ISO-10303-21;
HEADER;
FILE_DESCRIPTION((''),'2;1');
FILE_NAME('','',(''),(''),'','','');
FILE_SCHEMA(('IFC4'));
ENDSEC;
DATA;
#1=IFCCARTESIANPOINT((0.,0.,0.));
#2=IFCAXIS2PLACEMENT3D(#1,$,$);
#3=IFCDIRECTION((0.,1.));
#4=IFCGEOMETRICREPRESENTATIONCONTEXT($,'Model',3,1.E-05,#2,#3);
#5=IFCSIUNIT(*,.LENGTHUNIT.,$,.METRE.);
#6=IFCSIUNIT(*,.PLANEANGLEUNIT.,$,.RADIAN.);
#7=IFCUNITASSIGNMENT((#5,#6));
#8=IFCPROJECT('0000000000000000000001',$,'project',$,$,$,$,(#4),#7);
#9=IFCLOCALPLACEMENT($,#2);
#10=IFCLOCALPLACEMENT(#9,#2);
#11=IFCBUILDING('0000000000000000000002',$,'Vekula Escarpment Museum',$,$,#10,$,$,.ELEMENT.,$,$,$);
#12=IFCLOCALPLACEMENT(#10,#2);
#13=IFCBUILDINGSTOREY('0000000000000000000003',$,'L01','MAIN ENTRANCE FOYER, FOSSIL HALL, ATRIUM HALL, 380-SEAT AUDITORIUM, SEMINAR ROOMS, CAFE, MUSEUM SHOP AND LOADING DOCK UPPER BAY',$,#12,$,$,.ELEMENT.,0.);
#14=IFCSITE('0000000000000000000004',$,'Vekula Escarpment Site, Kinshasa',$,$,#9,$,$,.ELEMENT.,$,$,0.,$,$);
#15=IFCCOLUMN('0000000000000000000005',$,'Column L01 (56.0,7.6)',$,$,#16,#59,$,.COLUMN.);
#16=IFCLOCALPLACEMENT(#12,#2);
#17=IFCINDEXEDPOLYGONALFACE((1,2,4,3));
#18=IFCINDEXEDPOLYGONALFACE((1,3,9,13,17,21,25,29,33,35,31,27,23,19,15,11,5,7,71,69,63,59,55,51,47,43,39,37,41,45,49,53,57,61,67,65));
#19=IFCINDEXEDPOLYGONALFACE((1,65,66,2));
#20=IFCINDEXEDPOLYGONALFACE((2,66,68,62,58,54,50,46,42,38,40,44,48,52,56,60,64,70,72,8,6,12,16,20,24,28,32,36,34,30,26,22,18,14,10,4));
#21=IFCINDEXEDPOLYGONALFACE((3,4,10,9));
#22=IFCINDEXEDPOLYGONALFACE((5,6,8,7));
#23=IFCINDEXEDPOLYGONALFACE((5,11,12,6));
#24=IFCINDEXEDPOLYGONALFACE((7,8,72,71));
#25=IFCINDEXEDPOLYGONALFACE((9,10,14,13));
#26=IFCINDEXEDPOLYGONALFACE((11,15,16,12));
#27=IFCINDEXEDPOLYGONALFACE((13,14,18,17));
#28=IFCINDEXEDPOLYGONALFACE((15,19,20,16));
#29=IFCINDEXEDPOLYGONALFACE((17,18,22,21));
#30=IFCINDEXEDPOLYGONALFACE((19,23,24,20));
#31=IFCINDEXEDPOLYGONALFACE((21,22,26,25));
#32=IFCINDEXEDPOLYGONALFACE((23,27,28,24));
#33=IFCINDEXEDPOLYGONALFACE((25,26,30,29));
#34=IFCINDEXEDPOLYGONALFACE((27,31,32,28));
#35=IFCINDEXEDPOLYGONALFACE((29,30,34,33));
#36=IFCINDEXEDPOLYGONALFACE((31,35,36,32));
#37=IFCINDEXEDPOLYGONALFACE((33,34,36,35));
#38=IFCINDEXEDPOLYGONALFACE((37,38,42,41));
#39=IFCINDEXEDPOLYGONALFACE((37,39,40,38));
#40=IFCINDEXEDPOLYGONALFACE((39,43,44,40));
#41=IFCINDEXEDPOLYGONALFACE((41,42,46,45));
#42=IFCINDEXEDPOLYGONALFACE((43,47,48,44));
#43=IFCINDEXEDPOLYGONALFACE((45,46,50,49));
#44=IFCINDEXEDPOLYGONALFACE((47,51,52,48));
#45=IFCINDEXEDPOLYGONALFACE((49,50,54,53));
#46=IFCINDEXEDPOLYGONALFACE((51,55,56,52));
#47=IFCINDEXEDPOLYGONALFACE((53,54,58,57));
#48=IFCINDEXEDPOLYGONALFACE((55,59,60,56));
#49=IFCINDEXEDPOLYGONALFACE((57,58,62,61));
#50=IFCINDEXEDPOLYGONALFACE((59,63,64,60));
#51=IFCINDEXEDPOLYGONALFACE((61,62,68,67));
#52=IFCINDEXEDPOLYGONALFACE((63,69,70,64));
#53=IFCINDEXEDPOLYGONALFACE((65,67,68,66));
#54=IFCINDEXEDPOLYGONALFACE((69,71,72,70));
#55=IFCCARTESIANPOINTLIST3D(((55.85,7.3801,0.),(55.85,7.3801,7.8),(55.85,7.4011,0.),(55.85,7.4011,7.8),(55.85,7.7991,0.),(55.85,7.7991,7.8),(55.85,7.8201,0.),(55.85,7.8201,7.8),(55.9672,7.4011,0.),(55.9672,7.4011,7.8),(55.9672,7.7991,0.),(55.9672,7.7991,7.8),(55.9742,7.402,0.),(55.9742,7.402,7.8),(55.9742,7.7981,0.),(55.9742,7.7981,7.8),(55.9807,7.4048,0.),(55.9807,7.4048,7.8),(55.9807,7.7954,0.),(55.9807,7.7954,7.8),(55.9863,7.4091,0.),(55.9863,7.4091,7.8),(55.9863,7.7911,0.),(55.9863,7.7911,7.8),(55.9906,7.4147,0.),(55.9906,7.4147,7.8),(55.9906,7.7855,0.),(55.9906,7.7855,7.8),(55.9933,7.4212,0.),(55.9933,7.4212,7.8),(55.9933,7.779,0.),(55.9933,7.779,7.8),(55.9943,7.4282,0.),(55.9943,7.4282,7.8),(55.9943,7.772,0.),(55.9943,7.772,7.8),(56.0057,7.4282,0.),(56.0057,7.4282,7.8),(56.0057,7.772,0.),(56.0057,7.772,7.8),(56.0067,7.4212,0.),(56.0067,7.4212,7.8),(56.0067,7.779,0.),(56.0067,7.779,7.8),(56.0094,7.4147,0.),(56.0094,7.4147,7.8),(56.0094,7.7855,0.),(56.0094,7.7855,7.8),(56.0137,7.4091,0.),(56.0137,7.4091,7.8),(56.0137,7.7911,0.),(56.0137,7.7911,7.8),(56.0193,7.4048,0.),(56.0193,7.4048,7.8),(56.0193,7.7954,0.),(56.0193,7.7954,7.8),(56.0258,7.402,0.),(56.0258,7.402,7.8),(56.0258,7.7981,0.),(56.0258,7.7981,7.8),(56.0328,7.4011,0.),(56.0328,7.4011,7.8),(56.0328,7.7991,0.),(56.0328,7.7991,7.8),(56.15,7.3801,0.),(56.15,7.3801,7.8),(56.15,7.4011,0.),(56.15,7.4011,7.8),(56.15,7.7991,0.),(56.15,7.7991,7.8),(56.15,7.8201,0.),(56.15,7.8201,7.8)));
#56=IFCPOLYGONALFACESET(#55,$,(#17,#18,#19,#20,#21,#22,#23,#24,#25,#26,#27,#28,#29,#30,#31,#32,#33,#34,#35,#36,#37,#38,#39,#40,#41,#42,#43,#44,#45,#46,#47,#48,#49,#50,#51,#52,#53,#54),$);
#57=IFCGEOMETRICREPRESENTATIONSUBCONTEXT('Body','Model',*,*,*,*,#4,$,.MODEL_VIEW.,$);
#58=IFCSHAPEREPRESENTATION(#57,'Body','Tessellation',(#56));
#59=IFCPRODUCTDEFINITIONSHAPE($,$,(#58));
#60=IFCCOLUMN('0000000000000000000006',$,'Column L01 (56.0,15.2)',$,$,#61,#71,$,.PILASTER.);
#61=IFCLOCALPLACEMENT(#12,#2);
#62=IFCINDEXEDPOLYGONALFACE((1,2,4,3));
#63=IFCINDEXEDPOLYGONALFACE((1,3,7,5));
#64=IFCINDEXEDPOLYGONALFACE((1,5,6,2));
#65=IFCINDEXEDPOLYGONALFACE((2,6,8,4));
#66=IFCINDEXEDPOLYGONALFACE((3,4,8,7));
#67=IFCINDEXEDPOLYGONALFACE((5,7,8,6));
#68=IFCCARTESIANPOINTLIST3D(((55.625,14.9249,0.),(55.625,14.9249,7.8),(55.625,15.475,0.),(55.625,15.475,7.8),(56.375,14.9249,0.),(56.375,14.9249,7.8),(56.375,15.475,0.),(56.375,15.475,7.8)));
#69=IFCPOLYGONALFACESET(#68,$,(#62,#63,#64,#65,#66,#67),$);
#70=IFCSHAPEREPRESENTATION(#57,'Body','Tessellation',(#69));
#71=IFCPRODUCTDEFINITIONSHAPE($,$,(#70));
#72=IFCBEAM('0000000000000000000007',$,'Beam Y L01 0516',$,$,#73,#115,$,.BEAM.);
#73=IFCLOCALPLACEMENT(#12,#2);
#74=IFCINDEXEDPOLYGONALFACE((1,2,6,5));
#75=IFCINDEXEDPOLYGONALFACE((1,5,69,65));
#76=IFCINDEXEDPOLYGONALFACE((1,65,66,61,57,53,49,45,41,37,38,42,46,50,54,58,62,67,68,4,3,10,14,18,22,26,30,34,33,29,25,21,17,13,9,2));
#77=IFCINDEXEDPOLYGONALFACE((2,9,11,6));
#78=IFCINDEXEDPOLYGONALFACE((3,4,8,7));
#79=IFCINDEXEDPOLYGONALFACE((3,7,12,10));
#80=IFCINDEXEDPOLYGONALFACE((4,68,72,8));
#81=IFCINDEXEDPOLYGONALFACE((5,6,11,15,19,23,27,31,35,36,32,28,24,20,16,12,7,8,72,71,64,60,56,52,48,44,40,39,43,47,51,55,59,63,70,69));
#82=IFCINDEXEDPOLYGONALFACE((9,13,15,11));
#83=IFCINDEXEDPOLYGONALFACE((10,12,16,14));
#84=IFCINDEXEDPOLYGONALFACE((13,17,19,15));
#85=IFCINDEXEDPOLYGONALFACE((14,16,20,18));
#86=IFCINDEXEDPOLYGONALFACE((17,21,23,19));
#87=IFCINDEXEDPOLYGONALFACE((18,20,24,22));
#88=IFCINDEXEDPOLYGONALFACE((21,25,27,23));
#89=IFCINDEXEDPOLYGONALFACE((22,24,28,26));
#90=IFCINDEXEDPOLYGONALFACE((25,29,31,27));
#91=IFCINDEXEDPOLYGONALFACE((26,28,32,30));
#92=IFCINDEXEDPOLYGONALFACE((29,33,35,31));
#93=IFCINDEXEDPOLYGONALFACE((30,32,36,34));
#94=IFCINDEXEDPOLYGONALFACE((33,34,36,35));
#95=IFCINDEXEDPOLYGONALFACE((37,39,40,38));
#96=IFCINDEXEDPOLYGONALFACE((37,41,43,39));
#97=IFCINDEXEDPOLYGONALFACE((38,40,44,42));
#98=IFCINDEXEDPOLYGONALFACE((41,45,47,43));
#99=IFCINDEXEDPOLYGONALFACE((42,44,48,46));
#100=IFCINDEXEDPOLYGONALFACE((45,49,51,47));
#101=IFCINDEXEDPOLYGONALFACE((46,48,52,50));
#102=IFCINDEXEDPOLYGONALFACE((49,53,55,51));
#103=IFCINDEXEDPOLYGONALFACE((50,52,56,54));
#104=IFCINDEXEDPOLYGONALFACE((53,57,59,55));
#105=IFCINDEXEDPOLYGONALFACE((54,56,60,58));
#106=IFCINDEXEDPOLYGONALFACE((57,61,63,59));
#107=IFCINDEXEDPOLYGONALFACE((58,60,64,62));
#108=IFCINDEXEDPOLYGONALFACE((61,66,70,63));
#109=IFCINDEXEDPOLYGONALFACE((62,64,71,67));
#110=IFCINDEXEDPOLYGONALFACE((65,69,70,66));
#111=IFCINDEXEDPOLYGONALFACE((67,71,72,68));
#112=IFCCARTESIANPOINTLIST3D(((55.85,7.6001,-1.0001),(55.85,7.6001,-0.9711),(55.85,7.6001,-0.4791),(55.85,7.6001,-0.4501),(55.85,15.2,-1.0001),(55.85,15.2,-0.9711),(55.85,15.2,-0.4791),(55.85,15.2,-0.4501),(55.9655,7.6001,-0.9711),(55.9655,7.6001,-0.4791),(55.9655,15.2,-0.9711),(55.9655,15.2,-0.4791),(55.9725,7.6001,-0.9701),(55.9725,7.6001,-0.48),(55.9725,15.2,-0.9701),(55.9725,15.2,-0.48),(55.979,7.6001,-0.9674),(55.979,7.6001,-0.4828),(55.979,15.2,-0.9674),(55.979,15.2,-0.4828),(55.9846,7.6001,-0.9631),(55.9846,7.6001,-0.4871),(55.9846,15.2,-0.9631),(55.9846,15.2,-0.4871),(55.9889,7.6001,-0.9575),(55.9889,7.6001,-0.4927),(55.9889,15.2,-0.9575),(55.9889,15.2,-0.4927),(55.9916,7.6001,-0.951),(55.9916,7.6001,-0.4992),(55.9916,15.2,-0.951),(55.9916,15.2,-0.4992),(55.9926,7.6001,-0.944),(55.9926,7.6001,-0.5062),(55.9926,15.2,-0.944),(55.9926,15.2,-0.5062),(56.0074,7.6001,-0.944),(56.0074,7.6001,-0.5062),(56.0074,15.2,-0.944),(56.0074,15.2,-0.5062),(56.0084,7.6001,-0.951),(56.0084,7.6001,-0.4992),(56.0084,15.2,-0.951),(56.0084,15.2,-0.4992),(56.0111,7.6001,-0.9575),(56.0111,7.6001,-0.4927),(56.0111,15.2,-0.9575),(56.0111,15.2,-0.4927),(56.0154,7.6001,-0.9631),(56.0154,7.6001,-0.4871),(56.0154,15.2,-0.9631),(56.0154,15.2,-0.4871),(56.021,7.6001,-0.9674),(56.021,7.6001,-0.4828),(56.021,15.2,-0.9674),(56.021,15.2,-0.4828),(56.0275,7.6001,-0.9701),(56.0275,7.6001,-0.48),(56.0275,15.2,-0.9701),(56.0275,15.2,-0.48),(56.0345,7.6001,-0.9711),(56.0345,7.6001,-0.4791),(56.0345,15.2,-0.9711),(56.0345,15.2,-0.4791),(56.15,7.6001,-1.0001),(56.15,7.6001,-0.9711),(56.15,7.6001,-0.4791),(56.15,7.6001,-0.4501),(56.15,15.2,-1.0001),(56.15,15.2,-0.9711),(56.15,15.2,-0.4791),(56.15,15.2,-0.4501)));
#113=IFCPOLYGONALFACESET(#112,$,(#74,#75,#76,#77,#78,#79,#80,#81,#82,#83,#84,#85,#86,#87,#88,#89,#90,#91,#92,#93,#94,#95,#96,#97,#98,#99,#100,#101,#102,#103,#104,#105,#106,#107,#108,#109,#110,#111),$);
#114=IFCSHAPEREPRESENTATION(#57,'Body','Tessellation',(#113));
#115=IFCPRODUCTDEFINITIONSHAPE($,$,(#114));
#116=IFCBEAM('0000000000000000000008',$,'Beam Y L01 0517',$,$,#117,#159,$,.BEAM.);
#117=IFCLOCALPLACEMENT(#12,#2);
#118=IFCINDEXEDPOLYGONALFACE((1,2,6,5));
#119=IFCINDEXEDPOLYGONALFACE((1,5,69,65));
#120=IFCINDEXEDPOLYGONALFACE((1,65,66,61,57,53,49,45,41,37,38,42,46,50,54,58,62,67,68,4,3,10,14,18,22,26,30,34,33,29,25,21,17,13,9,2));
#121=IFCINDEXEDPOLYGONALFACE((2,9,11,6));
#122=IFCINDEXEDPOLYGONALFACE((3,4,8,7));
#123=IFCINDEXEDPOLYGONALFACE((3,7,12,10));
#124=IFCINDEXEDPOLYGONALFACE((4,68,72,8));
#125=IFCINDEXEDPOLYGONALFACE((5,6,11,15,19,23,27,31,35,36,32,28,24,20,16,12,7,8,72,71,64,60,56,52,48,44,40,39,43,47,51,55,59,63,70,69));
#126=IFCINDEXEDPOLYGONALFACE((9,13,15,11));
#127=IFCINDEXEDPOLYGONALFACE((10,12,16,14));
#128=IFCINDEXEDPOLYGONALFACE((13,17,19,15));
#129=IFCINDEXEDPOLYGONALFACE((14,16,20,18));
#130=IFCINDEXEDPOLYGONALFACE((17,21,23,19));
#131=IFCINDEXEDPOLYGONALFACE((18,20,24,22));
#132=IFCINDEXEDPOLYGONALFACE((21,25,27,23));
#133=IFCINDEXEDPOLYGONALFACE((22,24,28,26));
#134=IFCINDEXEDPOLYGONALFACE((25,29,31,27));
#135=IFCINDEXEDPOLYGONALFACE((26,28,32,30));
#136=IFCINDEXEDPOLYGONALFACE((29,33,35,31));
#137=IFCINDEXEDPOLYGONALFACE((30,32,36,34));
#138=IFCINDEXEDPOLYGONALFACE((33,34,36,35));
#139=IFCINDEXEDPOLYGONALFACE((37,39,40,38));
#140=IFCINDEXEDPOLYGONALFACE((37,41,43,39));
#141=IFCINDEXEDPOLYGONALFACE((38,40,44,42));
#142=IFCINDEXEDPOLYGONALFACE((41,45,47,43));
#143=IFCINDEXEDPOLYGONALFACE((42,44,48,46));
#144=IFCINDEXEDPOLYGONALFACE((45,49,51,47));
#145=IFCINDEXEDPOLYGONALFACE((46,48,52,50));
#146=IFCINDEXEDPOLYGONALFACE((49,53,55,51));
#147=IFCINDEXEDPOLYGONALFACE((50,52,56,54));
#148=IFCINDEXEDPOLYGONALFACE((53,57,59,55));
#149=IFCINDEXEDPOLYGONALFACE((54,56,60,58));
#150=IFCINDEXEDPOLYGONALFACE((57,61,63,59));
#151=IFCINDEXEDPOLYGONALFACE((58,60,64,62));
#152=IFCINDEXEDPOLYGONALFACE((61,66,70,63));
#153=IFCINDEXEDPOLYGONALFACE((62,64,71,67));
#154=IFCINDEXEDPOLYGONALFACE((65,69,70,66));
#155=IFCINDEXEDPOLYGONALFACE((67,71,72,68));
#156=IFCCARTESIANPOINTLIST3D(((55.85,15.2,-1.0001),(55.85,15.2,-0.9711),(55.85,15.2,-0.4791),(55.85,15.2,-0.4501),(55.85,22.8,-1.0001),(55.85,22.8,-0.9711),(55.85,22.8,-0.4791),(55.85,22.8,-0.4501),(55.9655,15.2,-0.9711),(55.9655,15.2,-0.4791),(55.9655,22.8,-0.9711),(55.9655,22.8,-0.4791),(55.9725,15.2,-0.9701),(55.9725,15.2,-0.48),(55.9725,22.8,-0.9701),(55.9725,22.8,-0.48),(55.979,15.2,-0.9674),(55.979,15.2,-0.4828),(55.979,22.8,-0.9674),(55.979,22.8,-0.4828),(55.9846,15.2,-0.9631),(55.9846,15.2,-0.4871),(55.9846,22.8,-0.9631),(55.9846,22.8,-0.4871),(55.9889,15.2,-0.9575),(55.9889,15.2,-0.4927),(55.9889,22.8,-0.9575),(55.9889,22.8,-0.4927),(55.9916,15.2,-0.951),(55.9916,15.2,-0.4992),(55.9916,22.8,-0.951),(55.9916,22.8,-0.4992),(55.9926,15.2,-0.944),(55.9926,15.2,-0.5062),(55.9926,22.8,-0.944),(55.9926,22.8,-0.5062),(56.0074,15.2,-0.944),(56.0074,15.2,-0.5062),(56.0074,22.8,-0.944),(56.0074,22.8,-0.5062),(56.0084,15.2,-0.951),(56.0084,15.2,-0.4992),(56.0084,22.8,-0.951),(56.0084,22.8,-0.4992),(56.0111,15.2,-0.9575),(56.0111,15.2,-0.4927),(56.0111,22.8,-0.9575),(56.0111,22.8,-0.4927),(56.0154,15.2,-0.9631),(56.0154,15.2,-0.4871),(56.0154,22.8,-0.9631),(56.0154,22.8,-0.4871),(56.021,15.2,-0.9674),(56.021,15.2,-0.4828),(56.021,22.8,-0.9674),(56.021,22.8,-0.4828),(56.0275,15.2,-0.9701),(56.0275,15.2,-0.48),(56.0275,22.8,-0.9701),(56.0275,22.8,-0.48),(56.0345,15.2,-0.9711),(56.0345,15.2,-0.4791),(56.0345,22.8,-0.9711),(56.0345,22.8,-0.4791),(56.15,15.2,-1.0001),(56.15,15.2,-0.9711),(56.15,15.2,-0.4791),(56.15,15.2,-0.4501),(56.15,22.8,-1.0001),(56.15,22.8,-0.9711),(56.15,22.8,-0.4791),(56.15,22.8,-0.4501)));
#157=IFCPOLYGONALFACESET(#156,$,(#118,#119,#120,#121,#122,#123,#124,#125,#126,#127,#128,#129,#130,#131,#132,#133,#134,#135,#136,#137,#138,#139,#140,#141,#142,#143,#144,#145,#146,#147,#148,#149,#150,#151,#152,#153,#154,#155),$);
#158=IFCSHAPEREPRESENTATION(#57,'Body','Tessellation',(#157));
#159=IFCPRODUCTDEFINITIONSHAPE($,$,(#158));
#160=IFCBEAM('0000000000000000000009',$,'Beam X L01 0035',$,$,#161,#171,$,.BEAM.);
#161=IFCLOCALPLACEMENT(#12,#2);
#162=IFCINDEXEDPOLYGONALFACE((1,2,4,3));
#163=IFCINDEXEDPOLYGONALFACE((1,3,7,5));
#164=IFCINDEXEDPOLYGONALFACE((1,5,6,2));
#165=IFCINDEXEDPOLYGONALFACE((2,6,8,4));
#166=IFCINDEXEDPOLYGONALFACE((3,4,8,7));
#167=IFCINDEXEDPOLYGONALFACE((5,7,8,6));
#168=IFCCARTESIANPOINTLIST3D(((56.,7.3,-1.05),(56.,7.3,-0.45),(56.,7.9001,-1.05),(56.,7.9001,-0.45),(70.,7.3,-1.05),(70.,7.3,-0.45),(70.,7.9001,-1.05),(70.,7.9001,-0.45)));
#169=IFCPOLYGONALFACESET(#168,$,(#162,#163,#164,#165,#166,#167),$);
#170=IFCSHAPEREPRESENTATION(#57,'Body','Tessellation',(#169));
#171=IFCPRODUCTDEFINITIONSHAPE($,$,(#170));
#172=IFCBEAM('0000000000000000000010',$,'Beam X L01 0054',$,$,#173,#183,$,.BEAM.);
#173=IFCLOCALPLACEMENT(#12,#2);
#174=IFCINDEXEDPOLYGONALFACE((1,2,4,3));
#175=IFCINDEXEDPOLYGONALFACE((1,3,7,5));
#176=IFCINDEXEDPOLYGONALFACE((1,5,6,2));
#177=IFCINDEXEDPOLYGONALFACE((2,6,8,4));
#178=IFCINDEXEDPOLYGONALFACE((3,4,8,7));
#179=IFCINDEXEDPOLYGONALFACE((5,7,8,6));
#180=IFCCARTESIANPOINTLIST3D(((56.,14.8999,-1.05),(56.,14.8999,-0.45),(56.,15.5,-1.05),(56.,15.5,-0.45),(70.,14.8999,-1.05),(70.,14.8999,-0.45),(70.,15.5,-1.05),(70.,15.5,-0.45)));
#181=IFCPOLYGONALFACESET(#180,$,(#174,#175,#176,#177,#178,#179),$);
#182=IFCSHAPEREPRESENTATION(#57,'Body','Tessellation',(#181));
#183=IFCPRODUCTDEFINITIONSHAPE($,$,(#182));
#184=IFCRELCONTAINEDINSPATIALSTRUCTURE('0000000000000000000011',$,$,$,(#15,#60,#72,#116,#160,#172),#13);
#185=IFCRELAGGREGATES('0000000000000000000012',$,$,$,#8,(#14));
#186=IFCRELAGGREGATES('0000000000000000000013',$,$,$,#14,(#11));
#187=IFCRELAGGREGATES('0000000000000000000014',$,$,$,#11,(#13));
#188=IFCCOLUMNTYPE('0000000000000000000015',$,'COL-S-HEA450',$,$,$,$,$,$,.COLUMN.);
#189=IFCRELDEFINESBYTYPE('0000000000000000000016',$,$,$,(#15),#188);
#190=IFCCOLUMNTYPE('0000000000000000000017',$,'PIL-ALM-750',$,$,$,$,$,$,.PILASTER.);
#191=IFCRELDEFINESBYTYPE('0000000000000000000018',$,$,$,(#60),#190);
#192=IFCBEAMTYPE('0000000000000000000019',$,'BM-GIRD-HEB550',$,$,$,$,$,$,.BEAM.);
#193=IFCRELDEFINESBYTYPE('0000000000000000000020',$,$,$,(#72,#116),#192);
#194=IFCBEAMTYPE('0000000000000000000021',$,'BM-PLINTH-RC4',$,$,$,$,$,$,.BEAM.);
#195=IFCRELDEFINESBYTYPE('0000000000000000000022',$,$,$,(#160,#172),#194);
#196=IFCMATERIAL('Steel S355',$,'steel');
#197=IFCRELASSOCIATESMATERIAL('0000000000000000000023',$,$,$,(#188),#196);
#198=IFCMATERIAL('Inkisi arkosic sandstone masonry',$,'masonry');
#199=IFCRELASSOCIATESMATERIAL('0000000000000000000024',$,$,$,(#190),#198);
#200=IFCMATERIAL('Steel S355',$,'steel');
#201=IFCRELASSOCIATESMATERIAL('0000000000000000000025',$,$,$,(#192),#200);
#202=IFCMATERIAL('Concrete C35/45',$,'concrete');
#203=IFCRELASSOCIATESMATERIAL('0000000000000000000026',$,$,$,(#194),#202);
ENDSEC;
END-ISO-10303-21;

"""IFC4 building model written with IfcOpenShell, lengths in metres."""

from ifc_helpers import new_model, si_unit, direction, frame, origin, origin_2d, place, context, subcontext, project, spatial, rectangle, i_section, extrude, material, material_profile, profile_set, type_object, element, save


model = new_model("IFC4")

# Units and contexts
model_context = context("Model", 3, precision=1e-05, world=origin(), true_north=direction((0.0, 1.0)))
body_context = subcontext(model_context, "Body", "Model", "MODEL_VIEW")
ifc_project = project(units=[si_unit("LENGTHUNIT", "METRE"), si_unit("PLANEANGLEUNIT", "RADIAN")], contexts=[model_context])

# Site, building, storey
site_placement = place(None, origin())
site = spatial("IfcSite", under=ifc_project, at=site_placement, Name="Vekula Escarpment Site, Kinshasa", CompositionType="ELEMENT", RefElevation=0.0)
building_placement = place(site_placement, origin())
building = spatial("IfcBuilding", under=site, at=building_placement, Name="Vekula Escarpment Museum", CompositionType="ELEMENT")
storey_placement = place(building_placement, origin())
storey = spatial("IfcBuildingStorey", under=building, at=storey_placement, Name="L01", Description="MAIN ENTRANCE FOYER, FOSSIL HALL, ATRIUM HALL, 380-SEAT AUDITORIUM, SEMINAR ROOMS, CAFE, MUSEUM SHOP AND LOADING DOCK UPPER BAY", CompositionType="ELEMENT", Elevation=0.0)

# Columns
ifc_material_1 = material(Name="Steel S355", Category="steel")
ifc_material_profile_1 = material_profile(ifc_material_1, i_section(OverallWidth=0.3, OverallDepth=0.4399, WebThickness=0.0115, FlangeThickness=0.021, FilletRadius=0.0271, at=origin_2d()), Name="HEA 450")
ifc_profile_set_1 = profile_set([ifc_material_profile_1], Name="Steel S355")
column_type_1 = type_object("IfcColumnType", Name="COL-S-HEA450", PredefinedType="COLUMN", material=ifc_profile_set_1)
column_1_placement = place(storey_placement, frame((56.0, 7.6001, 0.0), z_axis=(0.0, 0.0, 1.0), x_axis=(1.0, 0.0, 0.0)))
element("IfcColumn", 1, at=column_1_placement, inside=storey, type_object=column_type_1, Name="Column L01 (56.0,7.6)", PredefinedType="COLUMN", context=body_context, shape_type="SweptSolid", body=[
    extrude(i_section(OverallWidth=0.3, OverallDepth=0.4399, WebThickness=0.0115, FlangeThickness=0.021, FilletRadius=0.0271, at=origin_2d()), origin(), (0.0, 0.0, 1.0), 7.8),
])
ifc_material_2 = material(Name="Inkisi arkosic sandstone masonry", Category="masonry")
ifc_material_profile_2 = material_profile(ifc_material_2, rectangle(XDim=0.75, YDim=0.55, at=origin_2d()), Name="PIER 750x550")
ifc_profile_set_2 = profile_set([ifc_material_profile_2], Name="Inkisi arkosic sandstone masonry")
column_type_2 = type_object("IfcColumnType", Name="PIL-ALM-750", PredefinedType="PILASTER", material=ifc_profile_set_2)
column_2_placement = place(storey_placement, frame((56.0, 15.2, 0.0), z_axis=(0.0, 0.0, 1.0), x_axis=(1.0, 0.0, 0.0)))
element("IfcColumn", 2, at=column_2_placement, inside=storey, type_object=column_type_2, Name="Column L01 (56.0,15.2)", PredefinedType="PILASTER", context=body_context, shape_type="SweptSolid", body=[
    extrude(rectangle(XDim=0.75, YDim=0.55, at=origin_2d()), origin(), (0.0, 0.0, 1.0), 7.8),
])

# Beams
ifc_material_3 = material(Name="Steel S355", Category="steel")
ifc_material_profile_3 = material_profile(ifc_material_3, i_section(OverallWidth=0.3, OverallDepth=0.55, WebThickness=0.0149, FlangeThickness=0.0291, FilletRadius=0.0271, at=origin_2d()), Name="HEB 550")
ifc_profile_set_3 = profile_set([ifc_material_profile_3], Name="Steel S355")
beam_type_1 = type_object("IfcBeamType", Name="BM-GIRD-HEB550", PredefinedType="BEAM", material=ifc_profile_set_3)
beam_1_placement = place(storey_placement, frame((56.0, 7.6001, -0.7251), z_axis=(0.0, 1.0, 0.0), x_axis=(-1.0, 0.0, 0.0)))
element("IfcBeam", 3, at=beam_1_placement, inside=storey, type_object=beam_type_1, Name="Beam Y L01 0516", PredefinedType="BEAM", context=body_context, shape_type="SweptSolid", body=[
    extrude(i_section(OverallWidth=0.3, OverallDepth=0.55, WebThickness=0.0149, FlangeThickness=0.0291, FilletRadius=0.0271, at=origin_2d()), origin(), (0.0, 0.0, 1.0), 7.5999),
])
beam_2_placement = place(storey_placement, frame((56.0, 15.2, -0.7251), z_axis=(0.0, 1.0, 0.0), x_axis=(-1.0, 0.0, 0.0)))
element("IfcBeam", 4, at=beam_2_placement, inside=storey, type_object=beam_type_1, Name="Beam Y L01 0517", PredefinedType="BEAM", context=body_context, shape_type="SweptSolid", body=[
    extrude(i_section(OverallWidth=0.3, OverallDepth=0.55, WebThickness=0.0149, FlangeThickness=0.0291, FilletRadius=0.0271, at=origin_2d()), origin(), (0.0, 0.0, 1.0), 7.6001),
])
ifc_material_4 = material(Name="Concrete C35/45", Category="concrete")
ifc_material_profile_4 = material_profile(ifc_material_4, rectangle(XDim=0.6001, YDim=0.6001, at=origin_2d()), Name="RC 600x600")
ifc_profile_set_4 = profile_set([ifc_material_profile_4], Name="Concrete C35/45")
beam_type_2 = type_object("IfcBeamType", Name="BM-PLINTH-RC4", PredefinedType="BEAM", material=ifc_profile_set_4)
for number, where, z_axis, x_axis, name in (
    (5, (56.0, 7.6001, -0.75), (1.0, 0.0, 0.0), (0.0, 1.0, 0.0), "Beam X L01 0035"),
    (6, (56.0, 15.2, -0.75), (1.0, 0.0, 0.0), (0.0, 1.0, 0.0), "Beam X L01 0054"),
):
    element("IfcBeam", number, at=place(storey_placement, frame(where, z_axis=z_axis, x_axis=x_axis)), inside=storey, type_object=beam_type_2, Name=name, PredefinedType="BEAM", context=body_context, shape_type="SweptSolid", body=[
        extrude(rectangle(XDim=0.6001, YDim=0.6001, at=origin_2d()), origin(), (0.0, 0.0, 1.0), 14.0),
    ])

save(model, "model.ifc")
